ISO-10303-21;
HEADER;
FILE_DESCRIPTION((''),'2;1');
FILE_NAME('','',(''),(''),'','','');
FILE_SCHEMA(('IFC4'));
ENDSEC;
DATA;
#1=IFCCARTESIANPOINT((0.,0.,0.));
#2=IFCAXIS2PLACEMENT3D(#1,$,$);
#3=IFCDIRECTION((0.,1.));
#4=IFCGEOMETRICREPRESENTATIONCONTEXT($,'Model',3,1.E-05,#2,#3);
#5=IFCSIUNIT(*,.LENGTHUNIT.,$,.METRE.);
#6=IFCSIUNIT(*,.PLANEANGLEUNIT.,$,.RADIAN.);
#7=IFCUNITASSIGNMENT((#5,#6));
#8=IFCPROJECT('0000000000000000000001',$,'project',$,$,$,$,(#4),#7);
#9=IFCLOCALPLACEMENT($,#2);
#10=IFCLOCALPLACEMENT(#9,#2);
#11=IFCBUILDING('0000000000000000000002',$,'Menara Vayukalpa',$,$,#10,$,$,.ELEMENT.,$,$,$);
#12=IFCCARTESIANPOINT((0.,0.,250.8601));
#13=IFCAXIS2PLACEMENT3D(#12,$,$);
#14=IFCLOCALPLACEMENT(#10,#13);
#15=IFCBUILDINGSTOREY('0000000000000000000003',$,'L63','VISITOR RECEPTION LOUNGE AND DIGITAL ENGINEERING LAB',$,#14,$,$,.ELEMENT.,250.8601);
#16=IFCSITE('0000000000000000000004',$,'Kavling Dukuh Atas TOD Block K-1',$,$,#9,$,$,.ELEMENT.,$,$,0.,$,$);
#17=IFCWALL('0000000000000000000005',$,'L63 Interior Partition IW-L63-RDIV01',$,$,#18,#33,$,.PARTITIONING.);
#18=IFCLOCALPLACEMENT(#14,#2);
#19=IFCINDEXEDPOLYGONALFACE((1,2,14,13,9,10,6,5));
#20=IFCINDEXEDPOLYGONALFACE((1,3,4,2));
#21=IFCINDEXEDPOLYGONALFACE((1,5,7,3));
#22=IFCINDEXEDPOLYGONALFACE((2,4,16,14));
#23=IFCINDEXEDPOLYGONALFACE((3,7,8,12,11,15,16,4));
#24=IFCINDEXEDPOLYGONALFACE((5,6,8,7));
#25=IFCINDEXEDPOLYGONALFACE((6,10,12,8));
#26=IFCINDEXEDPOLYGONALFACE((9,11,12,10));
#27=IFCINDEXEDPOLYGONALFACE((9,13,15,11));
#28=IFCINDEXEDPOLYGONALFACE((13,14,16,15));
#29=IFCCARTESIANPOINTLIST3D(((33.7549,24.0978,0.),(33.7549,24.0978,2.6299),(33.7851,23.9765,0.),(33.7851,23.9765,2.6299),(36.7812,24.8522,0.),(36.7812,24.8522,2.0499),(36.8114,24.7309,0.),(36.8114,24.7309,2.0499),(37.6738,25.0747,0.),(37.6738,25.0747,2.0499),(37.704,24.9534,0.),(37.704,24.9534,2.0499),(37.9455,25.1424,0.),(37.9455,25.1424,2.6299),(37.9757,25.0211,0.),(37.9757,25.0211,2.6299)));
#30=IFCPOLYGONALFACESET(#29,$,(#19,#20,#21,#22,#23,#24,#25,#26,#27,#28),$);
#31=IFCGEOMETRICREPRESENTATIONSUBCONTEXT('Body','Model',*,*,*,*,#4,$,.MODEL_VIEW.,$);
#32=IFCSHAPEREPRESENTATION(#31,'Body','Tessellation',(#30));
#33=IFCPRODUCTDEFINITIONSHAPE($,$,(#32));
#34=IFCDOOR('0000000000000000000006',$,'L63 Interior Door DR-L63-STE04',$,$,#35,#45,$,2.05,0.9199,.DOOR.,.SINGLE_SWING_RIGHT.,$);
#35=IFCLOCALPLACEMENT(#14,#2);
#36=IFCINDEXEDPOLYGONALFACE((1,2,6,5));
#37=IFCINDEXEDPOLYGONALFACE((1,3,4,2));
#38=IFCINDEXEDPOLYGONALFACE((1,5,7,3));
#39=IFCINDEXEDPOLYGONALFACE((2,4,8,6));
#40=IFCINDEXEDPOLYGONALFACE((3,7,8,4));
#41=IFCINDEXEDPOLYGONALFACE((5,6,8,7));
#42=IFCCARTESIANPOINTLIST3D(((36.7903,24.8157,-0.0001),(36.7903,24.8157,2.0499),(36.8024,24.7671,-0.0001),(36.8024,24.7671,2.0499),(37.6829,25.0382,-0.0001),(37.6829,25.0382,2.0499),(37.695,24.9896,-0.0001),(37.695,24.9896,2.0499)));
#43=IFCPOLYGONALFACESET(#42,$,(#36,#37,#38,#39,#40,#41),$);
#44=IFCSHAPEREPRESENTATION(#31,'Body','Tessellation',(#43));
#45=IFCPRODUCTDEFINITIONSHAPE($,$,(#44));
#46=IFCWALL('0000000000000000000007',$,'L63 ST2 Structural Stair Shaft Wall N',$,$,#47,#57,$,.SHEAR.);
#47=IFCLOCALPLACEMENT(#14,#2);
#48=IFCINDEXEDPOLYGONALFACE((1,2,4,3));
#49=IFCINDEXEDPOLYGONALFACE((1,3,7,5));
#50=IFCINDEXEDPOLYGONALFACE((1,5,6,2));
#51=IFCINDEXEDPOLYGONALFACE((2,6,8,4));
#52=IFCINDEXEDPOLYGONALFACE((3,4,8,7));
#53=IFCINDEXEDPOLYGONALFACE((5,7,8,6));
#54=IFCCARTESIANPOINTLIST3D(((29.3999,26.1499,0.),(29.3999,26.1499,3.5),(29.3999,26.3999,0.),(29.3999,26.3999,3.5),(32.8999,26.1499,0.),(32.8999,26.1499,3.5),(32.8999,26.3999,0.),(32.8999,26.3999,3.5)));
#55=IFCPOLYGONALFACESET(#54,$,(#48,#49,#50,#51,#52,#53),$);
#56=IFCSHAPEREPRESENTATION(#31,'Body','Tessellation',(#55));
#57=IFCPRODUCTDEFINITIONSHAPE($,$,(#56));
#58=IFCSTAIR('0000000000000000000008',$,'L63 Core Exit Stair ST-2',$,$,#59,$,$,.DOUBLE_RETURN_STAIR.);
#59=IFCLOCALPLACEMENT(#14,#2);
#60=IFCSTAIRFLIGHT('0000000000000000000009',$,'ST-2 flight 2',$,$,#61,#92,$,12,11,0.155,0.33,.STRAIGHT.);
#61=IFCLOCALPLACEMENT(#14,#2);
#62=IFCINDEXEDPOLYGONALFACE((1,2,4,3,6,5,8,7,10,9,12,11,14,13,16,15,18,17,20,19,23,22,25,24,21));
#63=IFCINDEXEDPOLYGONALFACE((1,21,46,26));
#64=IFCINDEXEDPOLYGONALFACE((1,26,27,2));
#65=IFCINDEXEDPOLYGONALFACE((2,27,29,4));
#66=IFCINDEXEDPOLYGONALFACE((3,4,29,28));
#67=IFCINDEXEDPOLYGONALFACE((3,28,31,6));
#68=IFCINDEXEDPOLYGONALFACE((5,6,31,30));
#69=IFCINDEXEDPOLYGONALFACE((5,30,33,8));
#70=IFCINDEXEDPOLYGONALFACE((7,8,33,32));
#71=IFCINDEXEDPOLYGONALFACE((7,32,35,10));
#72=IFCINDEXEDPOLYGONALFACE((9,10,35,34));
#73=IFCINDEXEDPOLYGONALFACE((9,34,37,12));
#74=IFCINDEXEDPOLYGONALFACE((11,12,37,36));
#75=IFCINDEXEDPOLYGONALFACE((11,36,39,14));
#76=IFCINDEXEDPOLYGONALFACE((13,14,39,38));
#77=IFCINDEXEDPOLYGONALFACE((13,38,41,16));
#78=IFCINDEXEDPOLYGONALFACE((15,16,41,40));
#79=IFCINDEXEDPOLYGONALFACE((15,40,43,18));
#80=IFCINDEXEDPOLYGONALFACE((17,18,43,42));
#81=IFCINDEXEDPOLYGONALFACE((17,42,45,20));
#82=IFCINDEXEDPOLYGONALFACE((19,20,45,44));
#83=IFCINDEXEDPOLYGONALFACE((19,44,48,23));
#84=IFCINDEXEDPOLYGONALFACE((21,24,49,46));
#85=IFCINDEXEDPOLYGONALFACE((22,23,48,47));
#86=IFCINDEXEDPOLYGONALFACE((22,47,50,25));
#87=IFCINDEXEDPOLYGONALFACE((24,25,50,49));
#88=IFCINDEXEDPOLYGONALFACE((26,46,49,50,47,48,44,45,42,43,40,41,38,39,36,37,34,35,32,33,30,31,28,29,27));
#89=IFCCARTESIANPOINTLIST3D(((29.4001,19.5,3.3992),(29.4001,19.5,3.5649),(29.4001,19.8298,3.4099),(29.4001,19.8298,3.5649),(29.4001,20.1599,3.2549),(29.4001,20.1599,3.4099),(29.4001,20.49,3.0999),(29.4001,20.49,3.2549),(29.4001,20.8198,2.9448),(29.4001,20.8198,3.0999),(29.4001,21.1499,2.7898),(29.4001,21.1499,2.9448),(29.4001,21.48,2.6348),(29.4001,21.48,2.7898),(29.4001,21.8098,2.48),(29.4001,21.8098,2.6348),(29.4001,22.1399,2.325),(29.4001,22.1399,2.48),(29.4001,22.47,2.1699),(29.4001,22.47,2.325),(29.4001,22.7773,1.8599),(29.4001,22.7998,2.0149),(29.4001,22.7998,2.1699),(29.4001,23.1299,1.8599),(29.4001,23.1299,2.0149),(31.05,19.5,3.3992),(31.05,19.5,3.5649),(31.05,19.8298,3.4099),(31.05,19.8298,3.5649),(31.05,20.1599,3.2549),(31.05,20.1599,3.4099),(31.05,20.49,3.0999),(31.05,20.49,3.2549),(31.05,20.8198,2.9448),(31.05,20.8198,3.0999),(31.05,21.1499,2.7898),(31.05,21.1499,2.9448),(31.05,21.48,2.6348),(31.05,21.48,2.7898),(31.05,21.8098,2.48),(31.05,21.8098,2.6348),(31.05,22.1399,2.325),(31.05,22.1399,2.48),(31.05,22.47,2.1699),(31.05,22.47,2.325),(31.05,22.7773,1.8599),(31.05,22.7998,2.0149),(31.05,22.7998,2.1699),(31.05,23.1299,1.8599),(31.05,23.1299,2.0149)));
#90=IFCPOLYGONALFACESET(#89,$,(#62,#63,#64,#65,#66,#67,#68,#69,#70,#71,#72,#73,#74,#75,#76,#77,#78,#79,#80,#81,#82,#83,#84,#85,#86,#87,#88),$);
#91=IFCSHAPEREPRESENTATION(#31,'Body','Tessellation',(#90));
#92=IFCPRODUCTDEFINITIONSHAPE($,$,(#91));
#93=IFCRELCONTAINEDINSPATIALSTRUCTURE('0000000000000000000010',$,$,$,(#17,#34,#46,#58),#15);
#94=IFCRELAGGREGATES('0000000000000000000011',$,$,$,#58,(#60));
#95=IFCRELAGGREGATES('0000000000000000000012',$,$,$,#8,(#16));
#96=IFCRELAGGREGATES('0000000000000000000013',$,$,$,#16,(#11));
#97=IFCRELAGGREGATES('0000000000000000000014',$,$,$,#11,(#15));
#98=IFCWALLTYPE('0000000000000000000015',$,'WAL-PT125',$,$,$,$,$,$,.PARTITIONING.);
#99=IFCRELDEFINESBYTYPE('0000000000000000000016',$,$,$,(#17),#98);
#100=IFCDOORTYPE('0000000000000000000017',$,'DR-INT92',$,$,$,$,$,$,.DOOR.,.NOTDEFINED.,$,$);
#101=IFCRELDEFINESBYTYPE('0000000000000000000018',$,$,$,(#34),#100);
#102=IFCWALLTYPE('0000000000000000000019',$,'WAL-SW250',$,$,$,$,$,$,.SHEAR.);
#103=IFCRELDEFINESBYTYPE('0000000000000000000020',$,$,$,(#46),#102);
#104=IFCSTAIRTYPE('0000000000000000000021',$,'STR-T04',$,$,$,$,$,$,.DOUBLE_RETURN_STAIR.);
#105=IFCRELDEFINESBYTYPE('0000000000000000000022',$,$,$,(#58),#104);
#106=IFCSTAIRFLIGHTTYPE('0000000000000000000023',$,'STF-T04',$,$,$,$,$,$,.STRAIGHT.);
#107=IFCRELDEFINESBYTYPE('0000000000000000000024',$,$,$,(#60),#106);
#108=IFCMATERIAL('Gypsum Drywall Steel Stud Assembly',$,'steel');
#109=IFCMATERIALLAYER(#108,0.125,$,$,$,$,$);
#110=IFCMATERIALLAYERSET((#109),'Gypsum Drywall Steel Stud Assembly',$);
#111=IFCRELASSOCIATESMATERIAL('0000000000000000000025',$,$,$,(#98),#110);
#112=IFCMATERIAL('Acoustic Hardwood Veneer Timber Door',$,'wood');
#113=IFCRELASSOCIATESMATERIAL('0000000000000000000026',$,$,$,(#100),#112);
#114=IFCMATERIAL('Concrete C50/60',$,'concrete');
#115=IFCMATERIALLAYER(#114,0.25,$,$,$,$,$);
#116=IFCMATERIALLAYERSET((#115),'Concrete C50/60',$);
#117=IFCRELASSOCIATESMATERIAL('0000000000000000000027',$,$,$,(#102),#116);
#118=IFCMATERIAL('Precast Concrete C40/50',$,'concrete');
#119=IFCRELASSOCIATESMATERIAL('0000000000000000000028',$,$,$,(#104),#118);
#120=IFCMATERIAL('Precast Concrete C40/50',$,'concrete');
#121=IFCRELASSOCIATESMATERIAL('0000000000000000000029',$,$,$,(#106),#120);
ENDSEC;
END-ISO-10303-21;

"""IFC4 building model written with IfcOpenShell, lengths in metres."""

from ifc_helpers import new_model, si_unit, direction, frame, frame_2d, origin, place, context, subcontext, project, spatial, polyline, rectangle, outline, extrude, material, layer, layer_set, type_object, element, fill, aggregate, save


model = new_model("IFC4")

# Units and contexts
model_context = context("Model", 3, precision=1e-05, world=origin(), true_north=direction((0.0, 1.0)))
body_context = subcontext(model_context, "Body", "Model", "MODEL_VIEW")
ifc_project = project(units=[si_unit("LENGTHUNIT", "METRE"), si_unit("PLANEANGLEUNIT", "RADIAN")], contexts=[model_context])

# Site, building, storey
site_placement = place(None, origin())
site = spatial("IfcSite", under=ifc_project, at=site_placement, Name="Kavling Dukuh Atas TOD Block K-1", CompositionType="ELEMENT", RefElevation=0.0)
building_placement = place(site_placement, origin())
building = spatial("IfcBuilding", under=site, at=building_placement, Name="Menara Vayukalpa", CompositionType="ELEMENT")
storey_placement = place(building_placement, frame((0.0, 0.0, 250.8601)))
storey = spatial("IfcBuildingStorey", under=building, at=storey_placement, Name="L63", Description="VISITOR RECEPTION LOUNGE AND DIGITAL ENGINEERING LAB", CompositionType="ELEMENT", Elevation=250.8601)

# Wall, opening, door
ifc_material_1 = material(Name="Gypsum Drywall Steel Stud Assembly", Category="steel")
ifc_layer_1 = layer(ifc_material_1, 0.125)
ifc_layer_set_1 = layer_set([ifc_layer_1], Name="Gypsum Drywall Steel Stud Assembly")
wall_type_1 = type_object("IfcWallType", Name="WAL-PT125", PredefinedType="PARTITIONING", material=ifc_layer_set_1)
wall_1_placement = place(storey_placement, frame((33.77, 24.0371, 0.0), z_axis=(0.0, 0.0, 1.0), x_axis=(0.970305, 0.241884, 0.0)))
wall_1 = element("IfcWall", 1, at=wall_1_placement, inside=storey, type_object=wall_type_1, Name="L63 Interior Partition IW-L63-RDIV01", PredefinedType="PARTITIONING", context=body_context, shape_type="SweptSolid", body=[
    extrude(rectangle(XDim=4.3188, YDim=0.125, at=frame_2d((2.1594, 0.0))), origin(), (0.0, 0.0, 1.0), 2.6299),
])
opening_placement = place(wall_1_placement, frame((3.1189, 0.0, 0.0)))
opening = element("IfcOpeningElement", 2, at=opening_placement, cuts=wall_1, PredefinedType="OPENING", context=body_context, shape_type="SweptSolid", body=[
    extrude(rectangle(XDim=0.9199, YDim=2.05, at=frame_2d((0.46, 1.0249))), frame((0.0, 0.0725, 0.0), z_axis=(0.0, -1.0, 0.0), x_axis=(1.0, 0.0, 0.0)), (0.0, 0.0, 1.0), 0.145),
])
ifc_material_2 = material(Name="Acoustic Hardwood Veneer Timber Door", Category="wood")
door_type = type_object("IfcDoorType", Name="DR-INT92", OperationType="NOTDEFINED", PredefinedType="DOOR", material=ifc_material_2)
door_placement = place(opening_placement, origin())
door = element("IfcDoor", 3, at=door_placement, inside=storey, type_object=door_type, Name="L63 Interior Door DR-L63-STE04", OperationType="SINGLE_SWING_RIGHT", OverallHeight=2.05, OverallWidth=0.9199, PredefinedType="DOOR", context=body_context, shape_type="SweptSolid", body=[
    extrude(rectangle(XDim=0.9199, YDim=2.05, at=frame_2d((0.46, 1.0249))), frame((0.0, 0.0249, 0.0), z_axis=(0.0, -1.0, 0.0), x_axis=(1.0, 0.0, 0.0)), (0.0, 0.0, 1.0), 0.05),
])
fill(opening, door)

# Wall
ifc_material_3 = material(Name="Concrete C50/60", Category="concrete")
ifc_layer_2 = layer(ifc_material_3, 0.25)
ifc_layer_set_2 = layer_set([ifc_layer_2], Name="Concrete C50/60")
wall_type_2 = type_object("IfcWallType", Name="WAL-SW250", PredefinedType="SHEAR", material=ifc_layer_set_2)
wall_2_placement = place(storey_placement, frame((29.3999, 26.2749, 0.0), z_axis=(0.0, 0.0, 1.0), x_axis=(1.0, 0.0, 0.0)))
element("IfcWall", 4, at=wall_2_placement, inside=storey, type_object=wall_type_2, Name="L63 ST2 Structural Stair Shaft Wall N", PredefinedType="SHEAR", context=body_context, shape_type="SweptSolid", body=[
    extrude(rectangle(XDim=3.5, YDim=0.25, at=frame_2d((1.75, 0.0))), origin(), (0.0, 0.0, 1.0), 3.5),
])

# Stair, stair flight
ifc_material_4 = material(Name="Precast Concrete C40/50", Category="concrete")
stair_type = type_object("IfcStairType", Name="STR-T04", PredefinedType="DOUBLE_RETURN_STAIR", material=ifc_material_4)
stair_placement = place(storey_placement, origin())
stair = element("IfcStair", 5, at=stair_placement, inside=storey, type_object=stair_type, Name="L63 Core Exit Stair ST-2", PredefinedType="DOUBLE_RETURN_STAIR")
ifc_material_5 = material(Name="Precast Concrete C40/50", Category="concrete")
stair_flight_type = type_object("IfcStairFlightType", Name="STF-T04", PredefinedType="STRAIGHT", material=ifc_material_5)
stair_flight_placement = place(storey_placement, frame((30.2251, 23.1299, 1.8599), z_axis=(0.0, 0.0, 1.0), x_axis=(0.0, -1.0, 0.0)))
stair_flight = element("IfcStairFlight", 6, at=stair_flight_placement, type_object=stair_flight_type, Name="ST-2 flight 2", NumberOfRisers=12, NumberOfTreads=11, PredefinedType="STRAIGHT", RiserHeight=0.155, TreadLength=0.33, context=body_context, shape_type="SweptSolid", body=[
    extrude(outline(polyline([(0.0, 0.0), (0.0, 0.155), (0.3301, 0.155), (0.3301, 0.3101), (0.6599, 0.3101), (0.6599, 0.4651), (0.99, 0.4651), (0.99, 0.6201), (1.3201, 0.6201), (1.3201, 0.7749), (1.6499, 0.7749), (1.6499, 0.9299), (1.98, 0.9299), (1.98, 1.085), (2.3101, 1.085), (2.3101, 1.24), (2.6399, 1.24), (2.6399, 1.395), (2.97, 1.395), (2.97, 1.55), (3.3, 1.55), (3.3, 1.7051), (3.6299, 1.7051), (3.6299, 1.8601), (3.6299, 1.5393), (0.3525, 0.0), (0.0, 0.0)])), frame((0.0, 0.825, 0.0), z_axis=(0.0, -1.0, 0.0), x_axis=(1.0, 0.0, 0.0)), (0.0, 0.0, 1.0), 1.6499),
])
aggregate(stair, [stair_flight])

save(model, "model.ifc")
